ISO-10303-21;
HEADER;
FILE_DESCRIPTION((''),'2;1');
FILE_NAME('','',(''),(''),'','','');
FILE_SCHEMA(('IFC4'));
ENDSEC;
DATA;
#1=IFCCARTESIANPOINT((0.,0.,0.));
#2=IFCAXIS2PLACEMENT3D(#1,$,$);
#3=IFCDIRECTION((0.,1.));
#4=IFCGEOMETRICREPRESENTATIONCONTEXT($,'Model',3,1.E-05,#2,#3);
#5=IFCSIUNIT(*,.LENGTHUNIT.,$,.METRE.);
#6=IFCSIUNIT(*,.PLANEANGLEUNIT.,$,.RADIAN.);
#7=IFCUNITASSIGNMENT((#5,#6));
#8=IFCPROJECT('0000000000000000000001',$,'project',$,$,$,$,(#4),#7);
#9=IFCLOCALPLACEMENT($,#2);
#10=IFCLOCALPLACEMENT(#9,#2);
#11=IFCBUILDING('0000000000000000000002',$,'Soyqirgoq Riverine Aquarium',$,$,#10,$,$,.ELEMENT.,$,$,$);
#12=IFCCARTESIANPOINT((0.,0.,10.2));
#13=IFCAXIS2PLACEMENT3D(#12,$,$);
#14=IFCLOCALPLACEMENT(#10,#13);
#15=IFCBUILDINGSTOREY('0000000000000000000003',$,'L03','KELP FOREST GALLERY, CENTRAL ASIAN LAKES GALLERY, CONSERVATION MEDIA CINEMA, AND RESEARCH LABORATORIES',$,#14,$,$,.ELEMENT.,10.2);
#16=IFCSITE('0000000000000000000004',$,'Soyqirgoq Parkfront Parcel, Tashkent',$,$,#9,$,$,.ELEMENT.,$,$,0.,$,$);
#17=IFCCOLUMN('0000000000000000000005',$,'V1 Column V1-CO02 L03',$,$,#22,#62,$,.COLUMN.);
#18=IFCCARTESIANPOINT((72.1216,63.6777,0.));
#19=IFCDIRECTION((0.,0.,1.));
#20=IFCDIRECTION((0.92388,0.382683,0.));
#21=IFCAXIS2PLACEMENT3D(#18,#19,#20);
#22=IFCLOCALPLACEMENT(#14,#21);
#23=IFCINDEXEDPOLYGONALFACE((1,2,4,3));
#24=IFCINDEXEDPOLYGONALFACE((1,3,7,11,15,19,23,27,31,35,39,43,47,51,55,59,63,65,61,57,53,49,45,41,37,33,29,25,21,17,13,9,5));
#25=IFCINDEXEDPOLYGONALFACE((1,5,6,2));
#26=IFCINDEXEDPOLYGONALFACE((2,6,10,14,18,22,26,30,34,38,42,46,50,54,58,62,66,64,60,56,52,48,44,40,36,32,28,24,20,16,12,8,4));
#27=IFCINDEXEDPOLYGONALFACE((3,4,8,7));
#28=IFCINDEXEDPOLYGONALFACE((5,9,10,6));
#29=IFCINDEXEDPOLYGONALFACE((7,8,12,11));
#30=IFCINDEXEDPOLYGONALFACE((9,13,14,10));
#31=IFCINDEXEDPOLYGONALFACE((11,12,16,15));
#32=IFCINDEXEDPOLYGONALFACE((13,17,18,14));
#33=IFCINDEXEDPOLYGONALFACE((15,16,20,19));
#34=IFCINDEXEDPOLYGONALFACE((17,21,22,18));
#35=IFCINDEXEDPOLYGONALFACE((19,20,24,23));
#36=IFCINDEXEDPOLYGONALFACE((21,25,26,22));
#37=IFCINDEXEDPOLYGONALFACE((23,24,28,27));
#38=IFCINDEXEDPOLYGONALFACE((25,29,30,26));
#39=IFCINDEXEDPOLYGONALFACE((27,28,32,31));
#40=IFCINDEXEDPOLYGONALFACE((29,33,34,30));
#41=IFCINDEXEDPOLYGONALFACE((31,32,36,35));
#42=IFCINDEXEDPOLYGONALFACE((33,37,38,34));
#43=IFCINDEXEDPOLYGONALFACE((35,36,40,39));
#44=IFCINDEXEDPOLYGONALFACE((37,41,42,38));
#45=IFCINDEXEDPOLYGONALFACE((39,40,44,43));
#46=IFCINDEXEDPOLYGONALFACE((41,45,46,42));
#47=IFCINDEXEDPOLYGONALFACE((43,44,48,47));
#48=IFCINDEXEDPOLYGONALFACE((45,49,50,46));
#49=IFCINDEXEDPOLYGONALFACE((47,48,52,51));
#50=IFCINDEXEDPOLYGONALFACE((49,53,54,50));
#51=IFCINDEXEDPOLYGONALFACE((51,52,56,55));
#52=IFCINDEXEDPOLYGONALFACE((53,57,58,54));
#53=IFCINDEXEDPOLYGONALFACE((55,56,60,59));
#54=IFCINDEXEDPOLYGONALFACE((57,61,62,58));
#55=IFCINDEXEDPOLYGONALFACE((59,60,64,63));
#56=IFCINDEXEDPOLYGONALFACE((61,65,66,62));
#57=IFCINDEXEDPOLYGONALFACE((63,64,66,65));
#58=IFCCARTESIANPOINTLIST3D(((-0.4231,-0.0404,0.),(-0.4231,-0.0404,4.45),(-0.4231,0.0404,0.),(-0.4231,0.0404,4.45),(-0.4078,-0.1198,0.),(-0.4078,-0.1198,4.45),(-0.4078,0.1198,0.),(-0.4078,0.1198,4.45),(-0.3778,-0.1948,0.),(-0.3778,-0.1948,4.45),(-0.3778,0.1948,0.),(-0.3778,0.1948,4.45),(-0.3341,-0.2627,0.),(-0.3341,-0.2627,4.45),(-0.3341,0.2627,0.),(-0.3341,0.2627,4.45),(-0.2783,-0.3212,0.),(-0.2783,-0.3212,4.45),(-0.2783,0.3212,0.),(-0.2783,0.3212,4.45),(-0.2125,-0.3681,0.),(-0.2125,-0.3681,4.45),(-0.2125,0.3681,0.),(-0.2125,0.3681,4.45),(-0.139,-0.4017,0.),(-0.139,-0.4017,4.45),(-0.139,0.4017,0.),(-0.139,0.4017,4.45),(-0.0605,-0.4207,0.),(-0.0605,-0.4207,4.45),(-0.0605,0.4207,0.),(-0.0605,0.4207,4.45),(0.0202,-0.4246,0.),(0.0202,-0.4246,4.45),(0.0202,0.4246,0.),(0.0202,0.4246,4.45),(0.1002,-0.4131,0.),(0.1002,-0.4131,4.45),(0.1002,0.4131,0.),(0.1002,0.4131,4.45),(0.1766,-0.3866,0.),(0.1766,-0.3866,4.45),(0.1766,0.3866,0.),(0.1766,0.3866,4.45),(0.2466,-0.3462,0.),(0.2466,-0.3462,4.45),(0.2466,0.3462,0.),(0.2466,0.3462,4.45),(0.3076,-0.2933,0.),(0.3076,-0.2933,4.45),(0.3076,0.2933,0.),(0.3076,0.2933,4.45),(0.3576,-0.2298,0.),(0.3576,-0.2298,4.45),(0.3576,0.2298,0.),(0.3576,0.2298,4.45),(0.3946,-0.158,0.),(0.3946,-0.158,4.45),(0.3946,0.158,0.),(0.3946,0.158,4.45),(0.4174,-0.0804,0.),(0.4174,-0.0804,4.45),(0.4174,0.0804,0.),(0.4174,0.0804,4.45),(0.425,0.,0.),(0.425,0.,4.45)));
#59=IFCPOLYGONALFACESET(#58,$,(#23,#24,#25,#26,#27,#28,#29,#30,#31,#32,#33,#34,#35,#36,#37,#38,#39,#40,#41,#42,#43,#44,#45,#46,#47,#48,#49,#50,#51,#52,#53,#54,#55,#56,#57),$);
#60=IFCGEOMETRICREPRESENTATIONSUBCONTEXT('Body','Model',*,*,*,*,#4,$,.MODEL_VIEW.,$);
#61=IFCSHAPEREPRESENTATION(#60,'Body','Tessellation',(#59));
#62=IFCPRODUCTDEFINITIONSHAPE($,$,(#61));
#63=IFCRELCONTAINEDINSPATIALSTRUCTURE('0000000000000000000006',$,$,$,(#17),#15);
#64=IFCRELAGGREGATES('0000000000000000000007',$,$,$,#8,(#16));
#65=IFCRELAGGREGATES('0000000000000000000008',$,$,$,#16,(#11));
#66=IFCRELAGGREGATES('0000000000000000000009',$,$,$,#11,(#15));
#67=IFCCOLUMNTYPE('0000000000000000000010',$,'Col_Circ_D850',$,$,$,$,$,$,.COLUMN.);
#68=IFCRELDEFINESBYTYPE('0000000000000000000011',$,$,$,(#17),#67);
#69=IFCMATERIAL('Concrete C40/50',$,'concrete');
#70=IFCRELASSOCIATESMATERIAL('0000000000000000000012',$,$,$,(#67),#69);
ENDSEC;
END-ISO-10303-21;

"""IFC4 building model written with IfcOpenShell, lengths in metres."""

from ifc_helpers import new_model, si_unit, direction, frame, origin, origin_2d, place, context, subcontext, project, spatial, circle, extrude, material, material_profile, profile_set, type_object, element, save


model = new_model("IFC4")

# Units and contexts
model_context = context("Model", 3, precision=1e-05, world=origin(), true_north=direction((0.0, 1.0)))
body_context = subcontext(model_context, "Body", "Model", "MODEL_VIEW")
ifc_project = project(units=[si_unit("LENGTHUNIT", "METRE"), si_unit("PLANEANGLEUNIT", "RADIAN")], contexts=[model_context])

# Site, building, storey
site_placement = place(None, origin())
site = spatial("IfcSite", under=ifc_project, at=site_placement, Name="Soyqirgoq Parkfront Parcel, Tashkent", CompositionType="ELEMENT", RefElevation=0.0)
building_placement = place(site_placement, origin())
building = spatial("IfcBuilding", under=site, at=building_placement, Name="Soyqirgoq Riverine Aquarium", CompositionType="ELEMENT")
storey_placement = place(building_placement, frame((0.0, 0.0, 10.2)))
storey = spatial("IfcBuildingStorey", under=building, at=storey_placement, Name="L03", Description="KELP FOREST GALLERY, CENTRAL ASIAN LAKES GALLERY, CONSERVATION MEDIA CINEMA, AND RESEARCH LABORATORIES", CompositionType="ELEMENT", Elevation=10.2)

# Column
ifc_material_1 = material(Name="Concrete C40/50", Category="concrete")
ifc_material_profile_1 = material_profile(ifc_material_1, circle(Radius=0.425, at=origin_2d()), Name="RC-COL D850")
ifc_profile_set_1 = profile_set([ifc_material_profile_1], Name="Concrete C40/50")
column_type_1 = type_object("IfcColumnType", Name="Col_Circ_D850", PredefinedType="COLUMN", material=ifc_profile_set_1)
column_1_placement = place(storey_placement, frame((72.1216, 63.6777, 0.0), z_axis=(0.0, 0.0, 1.0), x_axis=(0.92388, 0.382683, 0.0)))
element("IfcColumn", 1, at=column_1_placement, inside=storey, type_object=column_type_1, Name="V1 Column V1-CO02 L03", PredefinedType="COLUMN", context=body_context, shape_type="SweptSolid", body=[
    extrude(circle(Radius=0.425, at=origin_2d()), origin(), (0.0, 0.0, 1.0), 4.45),
])

save(model, "model.ifc")
